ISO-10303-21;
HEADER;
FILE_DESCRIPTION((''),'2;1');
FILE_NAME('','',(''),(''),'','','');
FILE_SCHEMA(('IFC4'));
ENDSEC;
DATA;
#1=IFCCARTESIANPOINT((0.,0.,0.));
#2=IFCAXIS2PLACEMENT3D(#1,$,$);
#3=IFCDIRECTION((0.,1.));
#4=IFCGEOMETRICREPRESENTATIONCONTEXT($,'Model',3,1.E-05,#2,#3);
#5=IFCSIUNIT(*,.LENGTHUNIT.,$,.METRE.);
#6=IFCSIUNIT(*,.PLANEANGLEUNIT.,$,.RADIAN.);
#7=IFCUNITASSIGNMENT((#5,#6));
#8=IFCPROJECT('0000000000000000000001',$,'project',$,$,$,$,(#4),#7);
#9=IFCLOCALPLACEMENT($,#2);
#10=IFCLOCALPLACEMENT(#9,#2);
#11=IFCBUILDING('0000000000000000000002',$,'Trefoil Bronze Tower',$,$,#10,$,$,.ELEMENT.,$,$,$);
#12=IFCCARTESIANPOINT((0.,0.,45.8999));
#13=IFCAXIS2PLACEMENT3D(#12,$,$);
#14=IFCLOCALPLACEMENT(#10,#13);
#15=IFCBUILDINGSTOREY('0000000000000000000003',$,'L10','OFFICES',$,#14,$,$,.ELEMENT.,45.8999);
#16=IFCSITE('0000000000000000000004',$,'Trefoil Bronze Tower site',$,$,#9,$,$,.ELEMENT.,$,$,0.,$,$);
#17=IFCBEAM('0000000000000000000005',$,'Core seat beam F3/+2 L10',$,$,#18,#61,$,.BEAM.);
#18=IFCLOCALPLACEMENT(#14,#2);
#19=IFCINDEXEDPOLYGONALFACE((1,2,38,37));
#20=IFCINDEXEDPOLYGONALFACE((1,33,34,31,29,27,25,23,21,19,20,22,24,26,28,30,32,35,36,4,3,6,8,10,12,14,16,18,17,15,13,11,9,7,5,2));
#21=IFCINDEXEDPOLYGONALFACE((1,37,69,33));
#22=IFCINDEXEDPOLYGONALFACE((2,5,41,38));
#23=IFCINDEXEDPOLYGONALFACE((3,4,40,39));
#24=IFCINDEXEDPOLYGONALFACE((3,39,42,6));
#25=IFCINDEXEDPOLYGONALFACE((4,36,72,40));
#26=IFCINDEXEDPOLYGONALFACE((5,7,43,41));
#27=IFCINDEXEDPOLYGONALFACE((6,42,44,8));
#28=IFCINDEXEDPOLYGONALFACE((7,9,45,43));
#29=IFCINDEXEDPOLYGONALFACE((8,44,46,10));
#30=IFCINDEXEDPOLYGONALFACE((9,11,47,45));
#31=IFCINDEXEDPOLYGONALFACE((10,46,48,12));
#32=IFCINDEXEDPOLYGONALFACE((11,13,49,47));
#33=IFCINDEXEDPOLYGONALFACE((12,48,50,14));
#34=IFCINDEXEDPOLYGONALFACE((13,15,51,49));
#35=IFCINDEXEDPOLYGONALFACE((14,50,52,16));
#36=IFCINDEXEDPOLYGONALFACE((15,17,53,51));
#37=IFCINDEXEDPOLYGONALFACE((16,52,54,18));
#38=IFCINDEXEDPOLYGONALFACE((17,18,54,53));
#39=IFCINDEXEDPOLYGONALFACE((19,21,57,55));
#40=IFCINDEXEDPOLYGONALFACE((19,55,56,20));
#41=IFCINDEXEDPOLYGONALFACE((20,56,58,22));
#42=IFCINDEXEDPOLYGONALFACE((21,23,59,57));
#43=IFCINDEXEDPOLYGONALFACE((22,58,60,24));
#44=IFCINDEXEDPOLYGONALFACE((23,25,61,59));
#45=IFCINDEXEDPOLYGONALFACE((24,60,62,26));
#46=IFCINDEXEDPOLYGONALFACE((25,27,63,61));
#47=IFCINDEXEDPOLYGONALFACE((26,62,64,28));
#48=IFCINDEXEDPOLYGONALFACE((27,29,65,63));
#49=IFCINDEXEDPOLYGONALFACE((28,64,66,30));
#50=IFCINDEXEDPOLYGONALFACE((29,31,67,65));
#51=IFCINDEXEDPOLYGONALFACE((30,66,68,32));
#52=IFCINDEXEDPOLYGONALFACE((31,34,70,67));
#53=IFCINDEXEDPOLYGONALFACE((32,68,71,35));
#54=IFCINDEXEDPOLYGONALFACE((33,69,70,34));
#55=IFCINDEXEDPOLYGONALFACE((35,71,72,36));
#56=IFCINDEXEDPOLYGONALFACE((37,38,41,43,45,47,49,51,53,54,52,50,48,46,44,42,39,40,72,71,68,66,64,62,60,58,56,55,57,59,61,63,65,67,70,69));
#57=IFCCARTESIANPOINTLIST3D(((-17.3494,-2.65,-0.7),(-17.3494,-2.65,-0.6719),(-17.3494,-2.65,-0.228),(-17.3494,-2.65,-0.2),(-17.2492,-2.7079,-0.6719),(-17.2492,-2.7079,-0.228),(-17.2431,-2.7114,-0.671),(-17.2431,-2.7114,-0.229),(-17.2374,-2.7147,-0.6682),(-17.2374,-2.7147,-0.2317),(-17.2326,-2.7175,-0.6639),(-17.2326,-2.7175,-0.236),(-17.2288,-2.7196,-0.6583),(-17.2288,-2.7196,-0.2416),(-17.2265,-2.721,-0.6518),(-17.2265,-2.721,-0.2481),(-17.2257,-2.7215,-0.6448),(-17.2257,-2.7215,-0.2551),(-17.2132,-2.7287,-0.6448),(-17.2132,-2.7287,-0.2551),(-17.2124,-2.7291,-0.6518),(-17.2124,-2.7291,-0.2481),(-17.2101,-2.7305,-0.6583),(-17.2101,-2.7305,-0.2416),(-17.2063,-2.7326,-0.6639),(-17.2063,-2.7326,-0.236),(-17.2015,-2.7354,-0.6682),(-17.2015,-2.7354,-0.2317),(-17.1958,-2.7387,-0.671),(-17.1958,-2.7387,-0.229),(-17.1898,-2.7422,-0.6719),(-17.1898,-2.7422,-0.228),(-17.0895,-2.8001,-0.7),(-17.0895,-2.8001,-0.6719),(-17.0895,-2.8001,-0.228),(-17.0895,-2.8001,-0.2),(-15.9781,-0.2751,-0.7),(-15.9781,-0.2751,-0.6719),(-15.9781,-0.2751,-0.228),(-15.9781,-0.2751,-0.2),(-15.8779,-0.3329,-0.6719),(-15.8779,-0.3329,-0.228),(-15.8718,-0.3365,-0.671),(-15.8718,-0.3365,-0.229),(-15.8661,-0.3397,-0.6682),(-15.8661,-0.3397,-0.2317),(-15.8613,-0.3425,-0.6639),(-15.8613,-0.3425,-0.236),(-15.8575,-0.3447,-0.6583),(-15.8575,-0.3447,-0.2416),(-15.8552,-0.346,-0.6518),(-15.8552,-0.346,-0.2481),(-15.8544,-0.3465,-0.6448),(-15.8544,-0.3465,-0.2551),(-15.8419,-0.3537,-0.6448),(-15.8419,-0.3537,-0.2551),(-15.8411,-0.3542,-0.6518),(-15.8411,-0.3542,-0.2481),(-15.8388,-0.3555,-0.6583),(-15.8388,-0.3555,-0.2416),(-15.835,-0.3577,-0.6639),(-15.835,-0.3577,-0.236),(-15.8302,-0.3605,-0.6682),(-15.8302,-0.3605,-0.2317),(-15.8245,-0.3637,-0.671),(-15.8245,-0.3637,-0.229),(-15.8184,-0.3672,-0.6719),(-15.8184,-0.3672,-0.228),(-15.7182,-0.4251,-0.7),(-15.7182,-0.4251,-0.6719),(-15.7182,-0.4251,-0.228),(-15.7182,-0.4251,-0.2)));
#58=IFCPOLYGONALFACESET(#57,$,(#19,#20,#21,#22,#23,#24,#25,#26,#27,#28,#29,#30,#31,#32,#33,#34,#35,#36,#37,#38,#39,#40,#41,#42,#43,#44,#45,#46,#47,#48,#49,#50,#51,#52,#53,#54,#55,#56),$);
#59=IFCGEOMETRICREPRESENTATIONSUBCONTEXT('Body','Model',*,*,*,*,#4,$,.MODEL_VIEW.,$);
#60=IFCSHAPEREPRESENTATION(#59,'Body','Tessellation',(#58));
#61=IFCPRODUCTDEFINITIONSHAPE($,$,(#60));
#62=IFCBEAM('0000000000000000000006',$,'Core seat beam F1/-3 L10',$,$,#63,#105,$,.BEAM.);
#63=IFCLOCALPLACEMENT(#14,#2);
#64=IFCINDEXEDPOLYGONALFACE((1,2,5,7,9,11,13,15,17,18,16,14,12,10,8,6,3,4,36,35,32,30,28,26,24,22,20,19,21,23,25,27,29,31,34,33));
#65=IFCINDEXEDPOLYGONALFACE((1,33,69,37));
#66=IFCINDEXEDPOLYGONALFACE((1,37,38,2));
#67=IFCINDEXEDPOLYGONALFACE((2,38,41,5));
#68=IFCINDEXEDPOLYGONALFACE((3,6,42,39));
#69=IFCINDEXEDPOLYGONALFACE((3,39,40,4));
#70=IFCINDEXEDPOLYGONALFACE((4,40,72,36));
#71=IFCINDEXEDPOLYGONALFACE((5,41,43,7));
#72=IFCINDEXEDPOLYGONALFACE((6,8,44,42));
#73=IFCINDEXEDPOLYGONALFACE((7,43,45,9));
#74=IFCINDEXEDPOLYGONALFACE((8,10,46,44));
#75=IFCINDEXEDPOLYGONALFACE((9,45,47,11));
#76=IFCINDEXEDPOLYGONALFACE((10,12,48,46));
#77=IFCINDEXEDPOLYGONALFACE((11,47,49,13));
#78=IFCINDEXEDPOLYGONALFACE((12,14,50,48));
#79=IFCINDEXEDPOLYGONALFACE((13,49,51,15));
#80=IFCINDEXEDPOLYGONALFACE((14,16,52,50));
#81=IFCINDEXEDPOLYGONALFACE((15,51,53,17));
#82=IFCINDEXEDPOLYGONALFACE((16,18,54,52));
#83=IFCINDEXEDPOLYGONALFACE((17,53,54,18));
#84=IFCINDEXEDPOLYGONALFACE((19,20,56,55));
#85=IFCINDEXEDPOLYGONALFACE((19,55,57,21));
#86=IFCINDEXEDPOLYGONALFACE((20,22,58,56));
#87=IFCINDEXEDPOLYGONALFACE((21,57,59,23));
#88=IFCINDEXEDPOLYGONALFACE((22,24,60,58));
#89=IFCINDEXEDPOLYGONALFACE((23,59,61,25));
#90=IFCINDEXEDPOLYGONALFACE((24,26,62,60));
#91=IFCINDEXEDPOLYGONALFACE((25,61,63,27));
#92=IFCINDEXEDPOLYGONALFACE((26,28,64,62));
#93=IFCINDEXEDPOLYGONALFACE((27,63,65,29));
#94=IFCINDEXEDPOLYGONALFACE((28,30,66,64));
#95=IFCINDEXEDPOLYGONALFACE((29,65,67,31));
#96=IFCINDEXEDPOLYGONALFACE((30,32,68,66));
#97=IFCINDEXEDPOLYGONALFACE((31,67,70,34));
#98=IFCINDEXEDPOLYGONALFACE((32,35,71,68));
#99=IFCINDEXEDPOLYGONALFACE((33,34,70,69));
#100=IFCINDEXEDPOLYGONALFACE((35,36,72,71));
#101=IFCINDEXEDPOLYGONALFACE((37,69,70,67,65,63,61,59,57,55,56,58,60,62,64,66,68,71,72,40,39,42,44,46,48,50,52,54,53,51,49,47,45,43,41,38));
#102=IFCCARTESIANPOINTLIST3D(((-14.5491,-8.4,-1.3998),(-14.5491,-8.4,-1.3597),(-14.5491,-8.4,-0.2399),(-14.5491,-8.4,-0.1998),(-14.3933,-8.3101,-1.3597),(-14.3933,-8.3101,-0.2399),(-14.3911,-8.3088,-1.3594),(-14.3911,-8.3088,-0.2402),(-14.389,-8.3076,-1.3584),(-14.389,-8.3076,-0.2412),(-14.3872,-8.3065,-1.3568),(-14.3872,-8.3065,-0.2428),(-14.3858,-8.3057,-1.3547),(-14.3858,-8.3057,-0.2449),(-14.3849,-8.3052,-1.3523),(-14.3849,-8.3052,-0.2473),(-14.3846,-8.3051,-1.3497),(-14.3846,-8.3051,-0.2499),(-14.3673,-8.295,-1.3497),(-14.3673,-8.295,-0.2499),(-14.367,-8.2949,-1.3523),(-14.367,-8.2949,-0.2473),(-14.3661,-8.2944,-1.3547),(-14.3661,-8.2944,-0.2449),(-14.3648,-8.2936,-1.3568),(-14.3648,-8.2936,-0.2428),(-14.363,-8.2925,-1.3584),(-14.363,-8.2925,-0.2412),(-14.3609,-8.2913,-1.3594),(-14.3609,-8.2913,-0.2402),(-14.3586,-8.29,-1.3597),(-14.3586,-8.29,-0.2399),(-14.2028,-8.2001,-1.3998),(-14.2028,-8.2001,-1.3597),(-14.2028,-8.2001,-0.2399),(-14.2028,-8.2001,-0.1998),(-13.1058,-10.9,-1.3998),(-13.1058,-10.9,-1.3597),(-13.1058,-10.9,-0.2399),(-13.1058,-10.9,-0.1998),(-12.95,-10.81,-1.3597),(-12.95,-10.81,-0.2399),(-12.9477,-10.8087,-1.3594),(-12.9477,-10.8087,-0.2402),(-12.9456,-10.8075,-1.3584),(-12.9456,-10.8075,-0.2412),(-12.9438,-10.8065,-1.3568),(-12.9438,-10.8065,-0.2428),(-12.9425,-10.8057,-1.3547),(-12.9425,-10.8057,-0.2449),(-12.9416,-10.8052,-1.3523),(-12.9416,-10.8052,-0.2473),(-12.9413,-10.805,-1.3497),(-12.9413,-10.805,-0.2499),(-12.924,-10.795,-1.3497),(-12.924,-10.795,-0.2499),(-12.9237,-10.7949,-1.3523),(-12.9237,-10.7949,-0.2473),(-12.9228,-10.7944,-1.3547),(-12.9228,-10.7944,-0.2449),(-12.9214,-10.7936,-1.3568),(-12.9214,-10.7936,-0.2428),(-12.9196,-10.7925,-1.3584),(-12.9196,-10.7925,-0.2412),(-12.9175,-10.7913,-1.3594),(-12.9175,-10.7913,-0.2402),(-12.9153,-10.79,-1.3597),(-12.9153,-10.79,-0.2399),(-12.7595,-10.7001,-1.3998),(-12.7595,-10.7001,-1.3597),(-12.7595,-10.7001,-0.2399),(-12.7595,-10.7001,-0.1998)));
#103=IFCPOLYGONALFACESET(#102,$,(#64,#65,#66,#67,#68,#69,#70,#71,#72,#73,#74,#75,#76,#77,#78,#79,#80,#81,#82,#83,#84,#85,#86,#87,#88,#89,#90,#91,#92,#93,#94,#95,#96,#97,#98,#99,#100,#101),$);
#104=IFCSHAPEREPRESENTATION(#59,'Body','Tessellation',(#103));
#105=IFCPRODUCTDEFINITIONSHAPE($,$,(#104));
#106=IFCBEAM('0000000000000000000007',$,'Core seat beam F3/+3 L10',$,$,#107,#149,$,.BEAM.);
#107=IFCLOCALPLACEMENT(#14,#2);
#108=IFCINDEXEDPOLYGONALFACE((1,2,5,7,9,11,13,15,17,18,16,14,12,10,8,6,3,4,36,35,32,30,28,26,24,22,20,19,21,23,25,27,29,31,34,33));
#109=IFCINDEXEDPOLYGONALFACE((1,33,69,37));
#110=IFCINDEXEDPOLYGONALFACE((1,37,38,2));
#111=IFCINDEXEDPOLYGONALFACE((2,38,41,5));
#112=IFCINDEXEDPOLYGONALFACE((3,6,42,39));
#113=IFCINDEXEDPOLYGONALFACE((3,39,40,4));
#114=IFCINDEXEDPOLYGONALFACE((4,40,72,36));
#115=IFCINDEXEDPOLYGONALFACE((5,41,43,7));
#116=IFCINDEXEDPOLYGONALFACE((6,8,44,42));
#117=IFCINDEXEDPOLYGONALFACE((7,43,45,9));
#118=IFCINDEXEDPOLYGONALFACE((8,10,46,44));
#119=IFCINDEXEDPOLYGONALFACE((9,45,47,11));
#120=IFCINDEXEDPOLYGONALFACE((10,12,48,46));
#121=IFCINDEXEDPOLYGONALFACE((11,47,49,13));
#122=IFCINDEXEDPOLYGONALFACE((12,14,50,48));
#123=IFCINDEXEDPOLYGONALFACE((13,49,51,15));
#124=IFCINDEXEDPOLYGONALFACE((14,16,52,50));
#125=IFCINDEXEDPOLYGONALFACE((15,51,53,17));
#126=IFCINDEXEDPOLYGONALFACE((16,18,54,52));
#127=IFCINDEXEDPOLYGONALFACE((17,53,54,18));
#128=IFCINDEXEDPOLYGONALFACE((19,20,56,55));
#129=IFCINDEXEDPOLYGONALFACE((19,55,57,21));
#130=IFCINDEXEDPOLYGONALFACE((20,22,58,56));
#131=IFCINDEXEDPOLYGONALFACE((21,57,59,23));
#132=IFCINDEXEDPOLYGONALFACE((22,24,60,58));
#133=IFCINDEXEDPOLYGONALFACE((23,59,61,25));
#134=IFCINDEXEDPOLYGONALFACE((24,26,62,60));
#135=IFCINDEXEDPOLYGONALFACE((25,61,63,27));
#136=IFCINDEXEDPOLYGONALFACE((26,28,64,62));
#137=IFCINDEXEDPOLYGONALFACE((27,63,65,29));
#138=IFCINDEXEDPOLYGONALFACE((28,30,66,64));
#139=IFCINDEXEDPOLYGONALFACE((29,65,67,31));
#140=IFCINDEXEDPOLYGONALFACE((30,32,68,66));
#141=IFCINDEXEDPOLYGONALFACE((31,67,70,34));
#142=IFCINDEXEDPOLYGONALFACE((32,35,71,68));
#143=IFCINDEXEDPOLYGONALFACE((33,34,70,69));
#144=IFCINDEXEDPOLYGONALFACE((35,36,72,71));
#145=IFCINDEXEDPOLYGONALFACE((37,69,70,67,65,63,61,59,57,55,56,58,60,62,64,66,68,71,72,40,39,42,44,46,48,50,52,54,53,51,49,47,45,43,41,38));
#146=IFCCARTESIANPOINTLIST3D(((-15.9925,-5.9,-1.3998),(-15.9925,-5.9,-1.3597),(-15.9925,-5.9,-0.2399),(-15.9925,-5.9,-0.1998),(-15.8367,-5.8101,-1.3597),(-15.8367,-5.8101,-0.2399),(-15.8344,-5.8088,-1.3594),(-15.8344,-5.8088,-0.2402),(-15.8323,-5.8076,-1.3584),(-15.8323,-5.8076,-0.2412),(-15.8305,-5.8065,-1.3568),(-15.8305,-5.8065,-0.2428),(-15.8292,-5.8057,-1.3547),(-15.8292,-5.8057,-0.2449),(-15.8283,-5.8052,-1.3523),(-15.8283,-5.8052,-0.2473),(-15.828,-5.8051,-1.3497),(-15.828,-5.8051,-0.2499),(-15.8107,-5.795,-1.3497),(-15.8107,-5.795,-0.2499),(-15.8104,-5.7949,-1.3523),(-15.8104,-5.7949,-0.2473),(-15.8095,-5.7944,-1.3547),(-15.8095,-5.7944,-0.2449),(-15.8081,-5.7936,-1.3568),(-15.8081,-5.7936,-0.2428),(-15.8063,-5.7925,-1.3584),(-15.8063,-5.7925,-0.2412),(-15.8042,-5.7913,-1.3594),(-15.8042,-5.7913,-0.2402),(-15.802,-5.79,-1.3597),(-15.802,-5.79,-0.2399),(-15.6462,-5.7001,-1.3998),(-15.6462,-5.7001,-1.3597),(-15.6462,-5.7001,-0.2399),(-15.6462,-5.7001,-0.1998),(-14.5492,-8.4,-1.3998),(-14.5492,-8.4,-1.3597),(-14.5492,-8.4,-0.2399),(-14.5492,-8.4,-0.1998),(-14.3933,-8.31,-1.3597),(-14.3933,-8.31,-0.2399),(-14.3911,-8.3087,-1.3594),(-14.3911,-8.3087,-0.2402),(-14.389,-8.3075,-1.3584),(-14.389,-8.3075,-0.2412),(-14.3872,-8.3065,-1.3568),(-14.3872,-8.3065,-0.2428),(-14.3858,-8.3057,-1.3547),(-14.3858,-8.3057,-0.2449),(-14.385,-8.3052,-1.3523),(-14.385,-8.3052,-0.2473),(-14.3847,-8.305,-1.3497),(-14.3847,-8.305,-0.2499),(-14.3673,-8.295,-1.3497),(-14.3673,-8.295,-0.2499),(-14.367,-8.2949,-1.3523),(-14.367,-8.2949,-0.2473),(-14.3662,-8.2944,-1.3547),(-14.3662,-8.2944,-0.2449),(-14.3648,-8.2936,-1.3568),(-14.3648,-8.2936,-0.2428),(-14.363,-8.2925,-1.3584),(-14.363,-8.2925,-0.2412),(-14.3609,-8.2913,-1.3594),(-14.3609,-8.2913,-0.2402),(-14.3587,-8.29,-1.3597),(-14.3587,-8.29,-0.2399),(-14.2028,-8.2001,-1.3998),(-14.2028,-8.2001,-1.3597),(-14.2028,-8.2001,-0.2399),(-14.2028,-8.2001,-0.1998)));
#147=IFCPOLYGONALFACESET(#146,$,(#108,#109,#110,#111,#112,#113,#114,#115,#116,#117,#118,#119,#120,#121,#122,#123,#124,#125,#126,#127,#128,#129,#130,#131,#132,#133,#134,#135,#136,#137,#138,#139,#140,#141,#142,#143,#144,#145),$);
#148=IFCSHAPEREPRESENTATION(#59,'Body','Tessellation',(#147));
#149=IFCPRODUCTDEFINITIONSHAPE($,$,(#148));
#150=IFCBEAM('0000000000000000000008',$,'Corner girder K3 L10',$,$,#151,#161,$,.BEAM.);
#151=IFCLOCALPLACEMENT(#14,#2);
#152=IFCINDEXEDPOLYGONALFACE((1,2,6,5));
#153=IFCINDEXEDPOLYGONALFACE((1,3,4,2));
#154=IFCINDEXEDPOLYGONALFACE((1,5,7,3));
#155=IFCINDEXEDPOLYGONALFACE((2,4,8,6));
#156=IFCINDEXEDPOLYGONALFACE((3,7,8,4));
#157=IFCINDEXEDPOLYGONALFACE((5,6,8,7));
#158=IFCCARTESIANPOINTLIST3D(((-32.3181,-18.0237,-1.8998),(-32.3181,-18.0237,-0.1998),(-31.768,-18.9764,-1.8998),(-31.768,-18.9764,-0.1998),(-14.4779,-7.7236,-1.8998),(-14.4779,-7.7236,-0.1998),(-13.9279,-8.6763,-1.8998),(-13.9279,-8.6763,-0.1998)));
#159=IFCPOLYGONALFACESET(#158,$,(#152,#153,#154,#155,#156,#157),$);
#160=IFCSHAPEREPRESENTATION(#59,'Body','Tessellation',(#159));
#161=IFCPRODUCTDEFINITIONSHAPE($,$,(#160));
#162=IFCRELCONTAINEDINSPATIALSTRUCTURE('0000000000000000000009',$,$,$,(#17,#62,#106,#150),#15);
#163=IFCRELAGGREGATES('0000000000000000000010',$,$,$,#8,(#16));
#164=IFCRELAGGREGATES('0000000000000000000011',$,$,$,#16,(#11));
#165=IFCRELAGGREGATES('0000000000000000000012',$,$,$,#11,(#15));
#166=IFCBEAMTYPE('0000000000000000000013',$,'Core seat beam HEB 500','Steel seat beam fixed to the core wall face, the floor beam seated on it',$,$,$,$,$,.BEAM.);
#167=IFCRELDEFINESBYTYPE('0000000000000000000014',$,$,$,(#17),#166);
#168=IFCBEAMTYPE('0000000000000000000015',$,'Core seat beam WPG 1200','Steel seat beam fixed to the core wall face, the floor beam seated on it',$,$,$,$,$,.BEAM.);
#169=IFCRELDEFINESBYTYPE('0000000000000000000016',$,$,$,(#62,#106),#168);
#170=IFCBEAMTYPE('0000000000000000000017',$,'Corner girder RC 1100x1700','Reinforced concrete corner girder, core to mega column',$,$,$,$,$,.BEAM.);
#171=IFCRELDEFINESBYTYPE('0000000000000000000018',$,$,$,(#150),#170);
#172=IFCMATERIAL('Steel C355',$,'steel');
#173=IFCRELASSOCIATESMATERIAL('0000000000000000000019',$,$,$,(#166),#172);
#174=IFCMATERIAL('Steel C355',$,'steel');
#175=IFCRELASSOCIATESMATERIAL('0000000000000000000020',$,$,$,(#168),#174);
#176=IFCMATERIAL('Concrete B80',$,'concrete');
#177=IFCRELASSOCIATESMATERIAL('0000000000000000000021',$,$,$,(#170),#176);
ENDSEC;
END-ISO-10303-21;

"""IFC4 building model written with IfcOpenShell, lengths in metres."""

from ifc_helpers import new_model, si_unit, direction, frame, origin, origin_2d, place, context, subcontext, project, spatial, rectangle, i_section, extrude, material, material_profile, profile_set, type_object, element, save


model = new_model("IFC4")

# Units and contexts
model_context = context("Model", 3, precision=1e-05, world=origin(), true_north=direction((0.0, 1.0)))
body_context = subcontext(model_context, "Body", "Model", "MODEL_VIEW")
ifc_project = project(units=[si_unit("LENGTHUNIT", "METRE"), si_unit("PLANEANGLEUNIT", "RADIAN")], contexts=[model_context])

# Site, building, storey
site_placement = place(None, origin())
site = spatial("IfcSite", under=ifc_project, at=site_placement, Name="Trefoil Bronze Tower site", CompositionType="ELEMENT", RefElevation=0.0)
building_placement = place(site_placement, origin())
building = spatial("IfcBuilding", under=site, at=building_placement, Name="Trefoil Bronze Tower", CompositionType="ELEMENT")
storey_placement = place(building_placement, frame((0.0, 0.0, 45.8999)))
storey = spatial("IfcBuildingStorey", under=building, at=storey_placement, Name="L10", Description="OFFICES", CompositionType="ELEMENT", Elevation=45.8999)

# Beams
ifc_material_1 = material(Name="Steel C355", Category="steel")
ifc_material_profile_1 = material_profile(ifc_material_1, i_section(OverallWidth=0.3, OverallDepth=0.5, WebThickness=0.0144, FlangeThickness=0.0281, FilletRadius=0.0271, at=origin_2d()), Name="HEB 500")
ifc_profile_set_1 = profile_set([ifc_material_profile_1], Name="Steel C355")
beam_type_1 = type_object("IfcBeamType", Name="Core seat beam HEB 500", Description="Steel seat beam fixed to the core wall face, the floor beam seated on it", PredefinedType="BEAM", material=ifc_profile_set_1)
beam_1_placement = place(storey_placement, frame((-15.8481, -0.3501, -0.45), z_axis=(-0.500036, -0.866005, 0.0), x_axis=(0.866005, -0.500036, 0.0)))
element("IfcBeam", 1, at=beam_1_placement, inside=storey, type_object=beam_type_1, Name="Core seat beam F3/+2 L10", PredefinedType="BEAM", context=body_context, shape_type="SweptSolid", body=[
    extrude(i_section(OverallWidth=0.3, OverallDepth=0.5, WebThickness=0.0144, FlangeThickness=0.0281, FilletRadius=0.0271, at=origin_2d()), origin(), (0.0, 0.0, 1.0), 2.7424),
])
ifc_material_2 = material(Name="Steel C355", Category="steel")
ifc_material_profile_2 = material_profile(ifc_material_2, i_section(OverallWidth=0.3999, OverallDepth=1.2, WebThickness=0.02, FlangeThickness=0.04, FilletRadius=0.01, at=origin_2d()), Name="WPG 1200")
ifc_profile_set_2 = profile_set([ifc_material_profile_2], Name="Steel C355")
beam_type_2 = type_object("IfcBeamType", Name="Core seat beam WPG 1200", Description="Steel seat beam fixed to the core wall face, the floor beam seated on it", PredefinedType="BEAM", material=ifc_profile_set_2)
for number, where, z_axis, x_axis, name in (
    (2, (-14.376, -8.3, -0.7998), (0.499996, -0.866028, 0.0), (0.866028, 0.499996, 0.0), "Core seat beam F1/-3 L10"),
    (3, (-15.8193, -5.8, -0.7998), (0.499996, -0.866028, 0.0), (0.866028, 0.499996, 0.0), "Core seat beam F3/+3 L10"),
):
    element("IfcBeam", number, at=place(storey_placement, frame(where, z_axis=z_axis, x_axis=x_axis)), inside=storey, type_object=beam_type_2, Name=name, PredefinedType="BEAM", context=body_context, shape_type="SweptSolid", body=[
        extrude(i_section(OverallWidth=0.3999, OverallDepth=1.2, WebThickness=0.02, FlangeThickness=0.04, FilletRadius=0.01, at=origin_2d()), origin(), (0.0, 0.0, 1.0), 2.8867),
    ])
ifc_material_3 = material(Name="Concrete B80", Category="concrete")
ifc_material_profile_3 = material_profile(ifc_material_3, rectangle(XDim=1.1001, YDim=1.7, at=origin_2d()), Name="RC 1100x1700")
ifc_profile_set_3 = profile_set([ifc_material_profile_3], Name="Concrete B80")
beam_type_3 = type_object("IfcBeamType", Name="Corner girder RC 1100x1700", Description="Reinforced concrete corner girder, core to mega column", PredefinedType="BEAM", material=ifc_profile_set_3)
beam_2_placement = place(storey_placement, frame((-14.2029, -8.2, -1.0498), z_axis=(-0.866024, -0.500003, 0.0), x_axis=(0.500003, -0.866024, 0.0)))
element("IfcBeam", 4, at=beam_2_placement, inside=storey, type_object=beam_type_3, Name="Corner girder K3 L10", PredefinedType="BEAM", context=body_context, shape_type="SweptSolid", body=[
    extrude(rectangle(XDim=1.1001, YDim=1.7, at=origin_2d()), origin(), (0.0, 0.0, 1.0), 20.6001),
])

save(model, "model.ifc")
